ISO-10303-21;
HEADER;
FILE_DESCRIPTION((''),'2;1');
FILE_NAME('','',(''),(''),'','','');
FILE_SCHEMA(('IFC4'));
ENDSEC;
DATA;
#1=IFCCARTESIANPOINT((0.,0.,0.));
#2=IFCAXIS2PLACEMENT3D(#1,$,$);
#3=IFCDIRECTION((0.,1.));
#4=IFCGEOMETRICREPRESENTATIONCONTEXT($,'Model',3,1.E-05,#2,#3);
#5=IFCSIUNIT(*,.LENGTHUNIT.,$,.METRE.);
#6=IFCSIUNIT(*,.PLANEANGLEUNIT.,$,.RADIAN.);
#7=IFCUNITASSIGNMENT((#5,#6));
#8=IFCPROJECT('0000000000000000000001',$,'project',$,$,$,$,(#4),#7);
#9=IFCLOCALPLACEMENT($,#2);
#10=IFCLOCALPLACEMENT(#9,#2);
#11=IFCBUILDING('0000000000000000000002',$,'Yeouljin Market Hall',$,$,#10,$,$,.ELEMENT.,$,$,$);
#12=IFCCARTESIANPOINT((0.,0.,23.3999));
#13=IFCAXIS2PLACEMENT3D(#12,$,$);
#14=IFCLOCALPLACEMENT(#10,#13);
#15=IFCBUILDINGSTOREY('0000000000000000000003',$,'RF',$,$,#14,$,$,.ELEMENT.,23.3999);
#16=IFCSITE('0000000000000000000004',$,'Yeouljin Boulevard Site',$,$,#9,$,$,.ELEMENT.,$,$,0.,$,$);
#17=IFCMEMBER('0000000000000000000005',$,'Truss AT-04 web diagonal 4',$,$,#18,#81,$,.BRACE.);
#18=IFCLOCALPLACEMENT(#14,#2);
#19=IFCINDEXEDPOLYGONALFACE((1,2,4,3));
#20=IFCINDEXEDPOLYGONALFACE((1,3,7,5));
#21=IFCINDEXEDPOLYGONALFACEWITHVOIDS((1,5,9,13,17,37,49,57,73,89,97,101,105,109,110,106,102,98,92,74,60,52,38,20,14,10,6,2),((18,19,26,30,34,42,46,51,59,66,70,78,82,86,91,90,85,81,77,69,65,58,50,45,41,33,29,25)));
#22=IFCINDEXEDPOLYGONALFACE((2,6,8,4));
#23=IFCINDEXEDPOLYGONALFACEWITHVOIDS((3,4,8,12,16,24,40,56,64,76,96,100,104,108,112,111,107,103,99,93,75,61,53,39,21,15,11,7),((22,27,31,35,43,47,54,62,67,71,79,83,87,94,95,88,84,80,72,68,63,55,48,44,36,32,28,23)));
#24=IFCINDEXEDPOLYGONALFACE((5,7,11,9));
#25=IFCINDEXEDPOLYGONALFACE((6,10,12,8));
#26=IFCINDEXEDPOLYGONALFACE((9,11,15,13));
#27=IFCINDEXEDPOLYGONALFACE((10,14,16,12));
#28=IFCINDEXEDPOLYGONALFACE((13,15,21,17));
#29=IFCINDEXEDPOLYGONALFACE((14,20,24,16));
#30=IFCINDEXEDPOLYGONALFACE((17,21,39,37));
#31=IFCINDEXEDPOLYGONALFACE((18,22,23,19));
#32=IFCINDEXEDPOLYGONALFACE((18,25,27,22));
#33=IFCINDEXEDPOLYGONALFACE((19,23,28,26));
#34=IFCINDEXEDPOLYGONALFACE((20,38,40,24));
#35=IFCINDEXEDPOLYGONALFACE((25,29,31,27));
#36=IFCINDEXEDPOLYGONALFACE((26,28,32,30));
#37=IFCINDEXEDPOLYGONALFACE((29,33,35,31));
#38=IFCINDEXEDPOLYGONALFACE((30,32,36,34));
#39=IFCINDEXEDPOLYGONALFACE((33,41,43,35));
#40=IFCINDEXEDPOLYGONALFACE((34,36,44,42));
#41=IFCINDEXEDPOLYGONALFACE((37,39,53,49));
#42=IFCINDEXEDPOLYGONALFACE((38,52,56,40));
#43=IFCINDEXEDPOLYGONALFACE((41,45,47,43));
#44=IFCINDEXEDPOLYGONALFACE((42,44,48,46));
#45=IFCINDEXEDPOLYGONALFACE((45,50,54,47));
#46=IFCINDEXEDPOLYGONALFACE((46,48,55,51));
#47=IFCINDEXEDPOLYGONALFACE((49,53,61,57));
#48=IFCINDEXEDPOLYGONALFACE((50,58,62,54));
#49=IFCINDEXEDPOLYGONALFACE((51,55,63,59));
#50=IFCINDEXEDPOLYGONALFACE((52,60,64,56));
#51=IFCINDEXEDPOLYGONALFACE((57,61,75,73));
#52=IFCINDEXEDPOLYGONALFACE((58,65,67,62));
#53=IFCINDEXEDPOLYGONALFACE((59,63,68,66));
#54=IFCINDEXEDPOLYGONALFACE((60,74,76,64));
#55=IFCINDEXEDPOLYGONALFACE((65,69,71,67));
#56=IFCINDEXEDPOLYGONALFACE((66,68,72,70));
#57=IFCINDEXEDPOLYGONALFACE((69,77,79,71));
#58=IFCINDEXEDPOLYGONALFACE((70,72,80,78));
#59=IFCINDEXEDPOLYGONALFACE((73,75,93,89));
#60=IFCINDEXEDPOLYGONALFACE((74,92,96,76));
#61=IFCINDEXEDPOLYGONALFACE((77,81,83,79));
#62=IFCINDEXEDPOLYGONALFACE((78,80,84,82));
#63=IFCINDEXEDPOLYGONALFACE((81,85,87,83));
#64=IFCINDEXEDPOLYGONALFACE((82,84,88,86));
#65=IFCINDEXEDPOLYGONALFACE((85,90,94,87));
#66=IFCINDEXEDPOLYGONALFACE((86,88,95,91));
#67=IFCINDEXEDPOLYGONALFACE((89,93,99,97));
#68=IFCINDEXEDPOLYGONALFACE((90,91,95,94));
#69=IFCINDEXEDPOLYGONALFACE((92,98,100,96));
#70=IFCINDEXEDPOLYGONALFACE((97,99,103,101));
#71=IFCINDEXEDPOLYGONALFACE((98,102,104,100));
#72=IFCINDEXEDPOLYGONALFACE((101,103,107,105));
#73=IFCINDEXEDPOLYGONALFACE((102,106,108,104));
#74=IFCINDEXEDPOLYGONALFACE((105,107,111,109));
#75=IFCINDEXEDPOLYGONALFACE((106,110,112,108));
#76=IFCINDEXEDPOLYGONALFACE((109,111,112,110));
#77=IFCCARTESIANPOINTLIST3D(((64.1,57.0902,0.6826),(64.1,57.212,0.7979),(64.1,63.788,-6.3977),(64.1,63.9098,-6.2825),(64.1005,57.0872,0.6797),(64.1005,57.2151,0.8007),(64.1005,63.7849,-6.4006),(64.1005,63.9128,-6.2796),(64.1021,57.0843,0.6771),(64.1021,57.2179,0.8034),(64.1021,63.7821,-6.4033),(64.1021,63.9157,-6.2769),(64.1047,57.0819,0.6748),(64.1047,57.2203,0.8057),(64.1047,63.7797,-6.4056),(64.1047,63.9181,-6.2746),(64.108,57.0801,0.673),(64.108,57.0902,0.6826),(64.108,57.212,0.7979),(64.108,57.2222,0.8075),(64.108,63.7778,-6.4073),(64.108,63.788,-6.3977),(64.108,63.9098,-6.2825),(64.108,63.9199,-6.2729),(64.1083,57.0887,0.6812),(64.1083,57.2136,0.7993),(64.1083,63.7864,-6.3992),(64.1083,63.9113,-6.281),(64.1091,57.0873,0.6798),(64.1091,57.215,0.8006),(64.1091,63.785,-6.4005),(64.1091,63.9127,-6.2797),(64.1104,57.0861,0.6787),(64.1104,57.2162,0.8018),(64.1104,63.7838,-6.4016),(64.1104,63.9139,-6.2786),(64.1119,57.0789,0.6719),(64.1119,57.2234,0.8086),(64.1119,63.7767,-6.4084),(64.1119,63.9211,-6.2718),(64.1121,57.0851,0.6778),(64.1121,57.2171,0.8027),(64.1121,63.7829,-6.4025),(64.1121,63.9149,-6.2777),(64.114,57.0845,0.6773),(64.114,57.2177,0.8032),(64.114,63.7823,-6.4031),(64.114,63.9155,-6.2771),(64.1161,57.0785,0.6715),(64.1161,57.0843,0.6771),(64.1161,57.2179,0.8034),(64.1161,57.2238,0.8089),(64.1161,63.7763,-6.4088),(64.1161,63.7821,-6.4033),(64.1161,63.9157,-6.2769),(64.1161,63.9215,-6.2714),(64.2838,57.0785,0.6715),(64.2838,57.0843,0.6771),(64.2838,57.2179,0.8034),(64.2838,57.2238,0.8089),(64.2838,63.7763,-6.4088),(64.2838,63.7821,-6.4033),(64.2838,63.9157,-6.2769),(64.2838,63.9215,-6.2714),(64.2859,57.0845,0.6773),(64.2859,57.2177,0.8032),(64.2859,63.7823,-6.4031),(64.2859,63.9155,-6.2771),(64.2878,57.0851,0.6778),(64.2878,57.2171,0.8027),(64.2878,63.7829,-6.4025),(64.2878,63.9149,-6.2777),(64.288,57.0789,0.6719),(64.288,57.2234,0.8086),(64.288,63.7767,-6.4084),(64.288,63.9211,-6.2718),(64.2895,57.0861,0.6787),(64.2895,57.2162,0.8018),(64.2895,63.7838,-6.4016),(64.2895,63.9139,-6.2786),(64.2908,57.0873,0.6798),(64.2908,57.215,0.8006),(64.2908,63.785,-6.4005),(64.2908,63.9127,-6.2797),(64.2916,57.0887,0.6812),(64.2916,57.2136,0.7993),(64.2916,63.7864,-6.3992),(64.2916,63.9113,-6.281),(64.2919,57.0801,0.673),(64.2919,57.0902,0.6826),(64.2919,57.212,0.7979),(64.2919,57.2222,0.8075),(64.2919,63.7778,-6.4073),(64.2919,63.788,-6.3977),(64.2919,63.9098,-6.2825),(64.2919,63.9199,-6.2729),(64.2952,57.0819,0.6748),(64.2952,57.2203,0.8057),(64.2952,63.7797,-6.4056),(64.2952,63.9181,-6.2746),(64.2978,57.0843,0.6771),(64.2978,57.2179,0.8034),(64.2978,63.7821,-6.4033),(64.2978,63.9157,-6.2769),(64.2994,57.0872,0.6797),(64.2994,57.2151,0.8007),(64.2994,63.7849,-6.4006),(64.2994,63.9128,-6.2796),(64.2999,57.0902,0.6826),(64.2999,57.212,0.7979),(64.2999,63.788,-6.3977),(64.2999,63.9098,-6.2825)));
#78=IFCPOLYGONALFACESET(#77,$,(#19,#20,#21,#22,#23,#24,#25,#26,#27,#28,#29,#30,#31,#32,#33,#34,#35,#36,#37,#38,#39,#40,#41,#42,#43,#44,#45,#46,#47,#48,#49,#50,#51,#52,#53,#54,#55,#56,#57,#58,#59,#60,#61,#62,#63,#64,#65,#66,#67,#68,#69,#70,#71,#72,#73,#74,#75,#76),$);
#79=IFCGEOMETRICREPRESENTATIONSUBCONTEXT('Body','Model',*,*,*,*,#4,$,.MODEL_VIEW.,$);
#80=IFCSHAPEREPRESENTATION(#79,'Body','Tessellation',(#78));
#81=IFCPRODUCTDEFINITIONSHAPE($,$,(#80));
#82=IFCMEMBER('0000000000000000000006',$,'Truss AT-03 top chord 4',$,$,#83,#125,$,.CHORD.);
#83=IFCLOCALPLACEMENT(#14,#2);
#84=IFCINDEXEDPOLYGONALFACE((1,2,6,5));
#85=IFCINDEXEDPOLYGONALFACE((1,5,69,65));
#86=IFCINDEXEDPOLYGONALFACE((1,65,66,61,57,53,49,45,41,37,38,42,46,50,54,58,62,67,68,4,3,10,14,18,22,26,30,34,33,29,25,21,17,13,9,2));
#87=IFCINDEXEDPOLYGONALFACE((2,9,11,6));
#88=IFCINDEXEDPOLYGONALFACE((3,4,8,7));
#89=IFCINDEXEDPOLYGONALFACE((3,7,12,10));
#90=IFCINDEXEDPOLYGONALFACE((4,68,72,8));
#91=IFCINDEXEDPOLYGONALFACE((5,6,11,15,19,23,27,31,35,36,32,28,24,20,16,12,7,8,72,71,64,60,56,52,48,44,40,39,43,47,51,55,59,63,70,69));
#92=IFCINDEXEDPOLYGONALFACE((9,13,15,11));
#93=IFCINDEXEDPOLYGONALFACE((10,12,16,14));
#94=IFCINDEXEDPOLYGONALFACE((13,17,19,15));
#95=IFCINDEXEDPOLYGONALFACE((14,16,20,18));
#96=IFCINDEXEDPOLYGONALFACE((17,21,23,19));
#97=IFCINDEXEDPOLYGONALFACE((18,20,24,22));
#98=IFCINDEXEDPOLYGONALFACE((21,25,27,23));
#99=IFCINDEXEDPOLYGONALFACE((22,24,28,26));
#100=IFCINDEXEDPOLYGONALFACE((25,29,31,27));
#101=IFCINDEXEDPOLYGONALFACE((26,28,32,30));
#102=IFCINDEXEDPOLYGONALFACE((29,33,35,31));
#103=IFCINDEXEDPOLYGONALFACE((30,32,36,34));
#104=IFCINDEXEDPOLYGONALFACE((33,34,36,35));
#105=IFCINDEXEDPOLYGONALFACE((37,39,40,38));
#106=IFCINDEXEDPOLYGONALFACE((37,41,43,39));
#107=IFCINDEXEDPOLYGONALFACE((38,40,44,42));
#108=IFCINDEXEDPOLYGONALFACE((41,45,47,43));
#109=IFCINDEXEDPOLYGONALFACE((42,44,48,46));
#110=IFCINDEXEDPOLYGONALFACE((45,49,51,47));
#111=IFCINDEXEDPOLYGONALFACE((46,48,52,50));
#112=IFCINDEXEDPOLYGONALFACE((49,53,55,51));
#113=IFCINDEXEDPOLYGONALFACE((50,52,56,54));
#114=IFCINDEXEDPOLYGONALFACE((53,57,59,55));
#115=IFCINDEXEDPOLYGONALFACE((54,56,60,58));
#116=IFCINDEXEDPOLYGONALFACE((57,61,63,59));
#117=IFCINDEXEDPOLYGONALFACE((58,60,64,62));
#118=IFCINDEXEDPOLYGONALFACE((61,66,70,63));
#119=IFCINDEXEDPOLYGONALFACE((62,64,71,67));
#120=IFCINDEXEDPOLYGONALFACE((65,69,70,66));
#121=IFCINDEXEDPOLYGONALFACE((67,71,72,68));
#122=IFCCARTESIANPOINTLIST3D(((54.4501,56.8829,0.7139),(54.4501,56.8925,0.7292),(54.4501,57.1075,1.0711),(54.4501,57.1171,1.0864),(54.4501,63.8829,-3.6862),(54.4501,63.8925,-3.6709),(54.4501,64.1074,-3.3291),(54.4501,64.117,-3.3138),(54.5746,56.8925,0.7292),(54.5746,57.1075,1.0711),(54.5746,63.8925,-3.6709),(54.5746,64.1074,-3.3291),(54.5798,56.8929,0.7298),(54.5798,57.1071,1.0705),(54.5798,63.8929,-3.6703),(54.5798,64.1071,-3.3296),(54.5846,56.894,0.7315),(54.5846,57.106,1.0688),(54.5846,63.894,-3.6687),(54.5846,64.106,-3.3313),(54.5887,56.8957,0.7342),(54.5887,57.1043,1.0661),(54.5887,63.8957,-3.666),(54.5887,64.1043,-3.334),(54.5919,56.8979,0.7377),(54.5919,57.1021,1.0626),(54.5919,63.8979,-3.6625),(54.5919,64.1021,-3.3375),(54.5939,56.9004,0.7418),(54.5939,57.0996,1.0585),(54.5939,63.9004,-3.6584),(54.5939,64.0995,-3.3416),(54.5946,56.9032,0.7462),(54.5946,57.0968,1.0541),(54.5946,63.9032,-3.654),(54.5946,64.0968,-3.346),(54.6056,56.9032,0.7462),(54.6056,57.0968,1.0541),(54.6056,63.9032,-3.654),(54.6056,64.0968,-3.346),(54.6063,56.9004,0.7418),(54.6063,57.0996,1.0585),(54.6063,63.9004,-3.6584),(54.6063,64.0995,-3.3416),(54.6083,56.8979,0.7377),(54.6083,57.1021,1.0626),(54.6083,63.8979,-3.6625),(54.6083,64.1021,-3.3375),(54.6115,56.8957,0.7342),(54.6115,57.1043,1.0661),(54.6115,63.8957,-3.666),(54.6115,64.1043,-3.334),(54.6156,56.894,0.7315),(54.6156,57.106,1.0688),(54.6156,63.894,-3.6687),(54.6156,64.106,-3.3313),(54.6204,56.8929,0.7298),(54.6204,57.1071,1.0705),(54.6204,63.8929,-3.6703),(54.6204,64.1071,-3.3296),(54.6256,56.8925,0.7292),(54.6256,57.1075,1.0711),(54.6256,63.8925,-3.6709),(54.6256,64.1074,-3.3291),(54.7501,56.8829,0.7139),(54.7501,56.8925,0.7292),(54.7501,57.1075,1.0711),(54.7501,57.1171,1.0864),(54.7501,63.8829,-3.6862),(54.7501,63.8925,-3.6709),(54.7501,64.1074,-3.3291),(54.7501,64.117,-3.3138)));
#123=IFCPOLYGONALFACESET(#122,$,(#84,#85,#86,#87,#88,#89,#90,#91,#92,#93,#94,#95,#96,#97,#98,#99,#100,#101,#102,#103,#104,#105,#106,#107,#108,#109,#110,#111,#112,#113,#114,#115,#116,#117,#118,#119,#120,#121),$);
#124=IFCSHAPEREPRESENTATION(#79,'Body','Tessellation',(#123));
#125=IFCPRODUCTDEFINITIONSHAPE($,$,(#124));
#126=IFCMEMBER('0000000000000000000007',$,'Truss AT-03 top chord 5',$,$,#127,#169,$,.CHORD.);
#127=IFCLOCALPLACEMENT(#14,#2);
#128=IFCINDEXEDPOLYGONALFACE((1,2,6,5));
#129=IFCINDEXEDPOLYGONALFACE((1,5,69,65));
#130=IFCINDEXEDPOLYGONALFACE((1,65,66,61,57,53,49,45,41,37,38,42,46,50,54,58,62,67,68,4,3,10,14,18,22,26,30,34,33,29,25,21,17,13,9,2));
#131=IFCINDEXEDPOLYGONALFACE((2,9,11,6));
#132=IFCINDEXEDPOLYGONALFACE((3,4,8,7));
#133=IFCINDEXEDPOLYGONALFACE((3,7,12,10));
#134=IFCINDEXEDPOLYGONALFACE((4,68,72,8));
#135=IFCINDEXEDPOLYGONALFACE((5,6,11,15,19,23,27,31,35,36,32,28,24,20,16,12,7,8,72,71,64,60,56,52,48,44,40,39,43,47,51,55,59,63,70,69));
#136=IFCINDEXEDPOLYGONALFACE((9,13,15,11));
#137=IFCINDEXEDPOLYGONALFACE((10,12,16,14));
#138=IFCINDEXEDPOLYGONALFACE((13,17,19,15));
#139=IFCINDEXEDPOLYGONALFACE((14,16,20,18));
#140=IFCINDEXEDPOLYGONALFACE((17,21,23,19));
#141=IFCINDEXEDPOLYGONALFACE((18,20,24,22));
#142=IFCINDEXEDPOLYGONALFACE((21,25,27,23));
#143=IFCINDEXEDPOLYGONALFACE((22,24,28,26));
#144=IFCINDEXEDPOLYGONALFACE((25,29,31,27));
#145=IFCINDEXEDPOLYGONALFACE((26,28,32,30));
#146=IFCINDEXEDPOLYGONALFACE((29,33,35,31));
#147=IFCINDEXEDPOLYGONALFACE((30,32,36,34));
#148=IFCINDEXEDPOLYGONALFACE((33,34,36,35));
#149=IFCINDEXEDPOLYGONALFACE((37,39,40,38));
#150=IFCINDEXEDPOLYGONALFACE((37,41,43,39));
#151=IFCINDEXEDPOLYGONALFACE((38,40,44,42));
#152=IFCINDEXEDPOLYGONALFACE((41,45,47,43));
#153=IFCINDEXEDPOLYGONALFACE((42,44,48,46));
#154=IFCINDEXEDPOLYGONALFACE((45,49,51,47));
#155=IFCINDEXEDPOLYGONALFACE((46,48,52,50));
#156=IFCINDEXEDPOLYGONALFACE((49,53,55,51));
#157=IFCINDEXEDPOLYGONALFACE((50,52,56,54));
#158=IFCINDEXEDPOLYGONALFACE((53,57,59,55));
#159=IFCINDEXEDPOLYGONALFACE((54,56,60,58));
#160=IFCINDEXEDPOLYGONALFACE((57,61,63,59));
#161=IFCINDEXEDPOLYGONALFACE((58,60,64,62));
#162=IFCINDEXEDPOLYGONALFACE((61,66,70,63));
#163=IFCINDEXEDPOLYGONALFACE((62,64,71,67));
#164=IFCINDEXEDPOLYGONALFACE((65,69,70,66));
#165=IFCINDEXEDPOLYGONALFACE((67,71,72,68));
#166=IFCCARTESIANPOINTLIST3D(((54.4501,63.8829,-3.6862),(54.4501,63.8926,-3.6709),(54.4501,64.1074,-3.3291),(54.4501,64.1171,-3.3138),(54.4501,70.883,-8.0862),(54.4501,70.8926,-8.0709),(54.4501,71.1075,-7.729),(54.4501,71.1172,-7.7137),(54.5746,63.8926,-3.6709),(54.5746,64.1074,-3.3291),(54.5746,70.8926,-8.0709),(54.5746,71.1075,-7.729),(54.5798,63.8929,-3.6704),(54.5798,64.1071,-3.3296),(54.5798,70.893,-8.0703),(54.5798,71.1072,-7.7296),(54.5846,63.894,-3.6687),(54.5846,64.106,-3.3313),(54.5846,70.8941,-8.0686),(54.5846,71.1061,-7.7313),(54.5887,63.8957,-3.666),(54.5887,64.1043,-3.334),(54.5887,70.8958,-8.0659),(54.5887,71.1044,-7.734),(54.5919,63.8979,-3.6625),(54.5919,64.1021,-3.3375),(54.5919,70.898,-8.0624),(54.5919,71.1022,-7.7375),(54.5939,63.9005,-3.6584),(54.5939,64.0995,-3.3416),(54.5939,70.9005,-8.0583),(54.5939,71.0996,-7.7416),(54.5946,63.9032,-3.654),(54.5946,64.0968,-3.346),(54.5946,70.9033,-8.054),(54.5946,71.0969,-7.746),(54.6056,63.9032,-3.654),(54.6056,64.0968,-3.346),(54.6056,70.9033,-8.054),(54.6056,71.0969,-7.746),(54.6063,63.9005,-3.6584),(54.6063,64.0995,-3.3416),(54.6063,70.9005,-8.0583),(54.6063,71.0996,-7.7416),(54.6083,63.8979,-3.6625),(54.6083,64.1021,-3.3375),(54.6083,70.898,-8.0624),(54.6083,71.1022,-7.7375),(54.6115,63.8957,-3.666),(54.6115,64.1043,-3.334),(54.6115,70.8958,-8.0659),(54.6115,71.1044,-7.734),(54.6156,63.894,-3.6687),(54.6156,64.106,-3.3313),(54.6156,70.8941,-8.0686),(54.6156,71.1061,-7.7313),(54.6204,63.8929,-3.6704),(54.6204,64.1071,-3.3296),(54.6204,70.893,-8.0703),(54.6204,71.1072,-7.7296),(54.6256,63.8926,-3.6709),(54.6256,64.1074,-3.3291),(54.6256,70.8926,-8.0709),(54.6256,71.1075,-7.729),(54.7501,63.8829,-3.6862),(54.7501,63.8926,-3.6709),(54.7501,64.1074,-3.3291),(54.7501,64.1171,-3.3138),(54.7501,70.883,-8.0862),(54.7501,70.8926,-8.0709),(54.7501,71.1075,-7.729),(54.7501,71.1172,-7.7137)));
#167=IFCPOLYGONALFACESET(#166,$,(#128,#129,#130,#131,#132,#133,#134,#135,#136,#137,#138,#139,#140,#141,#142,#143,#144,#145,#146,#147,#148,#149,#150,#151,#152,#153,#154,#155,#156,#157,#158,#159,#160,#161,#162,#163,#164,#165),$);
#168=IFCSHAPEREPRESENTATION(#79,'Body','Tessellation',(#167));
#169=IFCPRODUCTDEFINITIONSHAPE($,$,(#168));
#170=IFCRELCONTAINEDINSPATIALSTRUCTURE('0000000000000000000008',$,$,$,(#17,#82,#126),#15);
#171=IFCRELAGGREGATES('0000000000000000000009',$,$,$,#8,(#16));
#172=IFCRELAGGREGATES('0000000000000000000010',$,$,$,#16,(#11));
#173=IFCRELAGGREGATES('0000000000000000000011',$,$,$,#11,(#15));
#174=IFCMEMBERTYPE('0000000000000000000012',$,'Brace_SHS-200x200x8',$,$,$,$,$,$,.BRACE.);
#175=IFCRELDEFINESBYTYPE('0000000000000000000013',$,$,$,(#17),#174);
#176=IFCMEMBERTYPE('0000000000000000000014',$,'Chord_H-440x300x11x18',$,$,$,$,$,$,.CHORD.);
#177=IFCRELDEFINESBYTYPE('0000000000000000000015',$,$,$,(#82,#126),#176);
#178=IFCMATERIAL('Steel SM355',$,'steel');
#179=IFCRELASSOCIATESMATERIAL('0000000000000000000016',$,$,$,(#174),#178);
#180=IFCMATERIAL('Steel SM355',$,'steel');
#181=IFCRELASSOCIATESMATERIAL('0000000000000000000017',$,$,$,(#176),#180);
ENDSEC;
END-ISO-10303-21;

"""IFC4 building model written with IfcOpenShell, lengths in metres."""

from ifc_helpers import new_model, si_unit, direction, frame, origin, origin_2d, place, context, subcontext, project, spatial, hollow_rectangle, i_section, extrude, material, material_profile, profile_set, type_object, element, save


model = new_model("IFC4")

# Units and contexts
model_context = context("Model", 3, precision=1e-05, world=origin(), true_north=direction((0.0, 1.0)))
body_context = subcontext(model_context, "Body", "Model", "MODEL_VIEW")
ifc_project = project(units=[si_unit("LENGTHUNIT", "METRE"), si_unit("PLANEANGLEUNIT", "RADIAN")], contexts=[model_context])

# Site, building, storey
site_placement = place(None, origin())
site = spatial("IfcSite", under=ifc_project, at=site_placement, Name="Yeouljin Boulevard Site", CompositionType="ELEMENT", RefElevation=0.0)
building_placement = place(site_placement, origin())
building = spatial("IfcBuilding", under=site, at=building_placement, Name="Yeouljin Market Hall", CompositionType="ELEMENT")
storey_placement = place(building_placement, frame((0.0, 0.0, 23.3999)))
storey = spatial("IfcBuildingStorey", under=building, at=storey_placement, Name="RF", CompositionType="ELEMENT", Elevation=23.3999)

# Members
ifc_material_1 = material(Name="Steel SM355", Category="steel")
ifc_material_profile_1 = material_profile(ifc_material_1, hollow_rectangle(XDim=0.2, YDim=0.2, WallThickness=0.0081, InnerFilletRadius=0.0081, OuterFilletRadius=0.0161, at=origin_2d()), Name="SHS-200x200x8")
ifc_profile_set_1 = profile_set([ifc_material_profile_1], Name="Steel SM355")
member_type_1 = type_object("IfcMemberType", Name="Brace_SHS-200x200x8", PredefinedType="BRACE", material=ifc_profile_set_1)
member_1_placement = place(storey_placement, frame((64.2, 57.1511, 0.7402), z_axis=(0.0, 0.687208, -0.726461), x_axis=(-1.0, 0.0, 0.0)))
element("IfcMember", 1, at=member_1_placement, inside=storey, type_object=member_type_1, Name="Truss AT-04 web diagonal 4", PredefinedType="BRACE", context=body_context, shape_type="SweptSolid", body=[
    extrude(hollow_rectangle(XDim=0.2, YDim=0.2, WallThickness=0.0081, InnerFilletRadius=0.0081, OuterFilletRadius=0.0161, at=origin_2d()), origin(), (0.0, 0.0, 1.0), 9.7463),
])
ifc_material_2 = material(Name="Steel SM355", Category="steel")
ifc_material_profile_2 = material_profile(ifc_material_2, i_section(OverallWidth=0.3, OverallDepth=0.4399, WebThickness=0.011, FlangeThickness=0.0181, FilletRadius=0.02, at=origin_2d()), Name="H-440x300x11x18")
ifc_profile_set_2 = profile_set([ifc_material_profile_2], Name="Steel SM355")
member_type_2 = type_object("IfcMemberType", Name="Chord_H-440x300x11x18", PredefinedType="CHORD", material=ifc_profile_set_2)
for number, where, z_axis, x_axis, name in (
    (2, (54.6001, 57.0, 0.9001), (0.0, 0.846629, -0.532184), (-1.0, 0.0, 0.0), "Truss AT-03 top chord 4"),
    (3, (54.6001, 64.0, -3.5), (0.0, 0.846642, -0.532163), (-1.0, 0.0, 0.0), "Truss AT-03 top chord 5"),
):
    element("IfcMember", number, at=place(storey_placement, frame(where, z_axis=z_axis, x_axis=x_axis)), inside=storey, type_object=member_type_2, Name=name, PredefinedType="CHORD", context=body_context, shape_type="SweptSolid", body=[
        extrude(i_section(OverallWidth=0.3, OverallDepth=0.4399, WebThickness=0.011, FlangeThickness=0.0181, FilletRadius=0.02, at=origin_2d()), origin(), (0.0, 0.0, 1.0), 8.2681),
    ])

save(model, "model.ifc")
